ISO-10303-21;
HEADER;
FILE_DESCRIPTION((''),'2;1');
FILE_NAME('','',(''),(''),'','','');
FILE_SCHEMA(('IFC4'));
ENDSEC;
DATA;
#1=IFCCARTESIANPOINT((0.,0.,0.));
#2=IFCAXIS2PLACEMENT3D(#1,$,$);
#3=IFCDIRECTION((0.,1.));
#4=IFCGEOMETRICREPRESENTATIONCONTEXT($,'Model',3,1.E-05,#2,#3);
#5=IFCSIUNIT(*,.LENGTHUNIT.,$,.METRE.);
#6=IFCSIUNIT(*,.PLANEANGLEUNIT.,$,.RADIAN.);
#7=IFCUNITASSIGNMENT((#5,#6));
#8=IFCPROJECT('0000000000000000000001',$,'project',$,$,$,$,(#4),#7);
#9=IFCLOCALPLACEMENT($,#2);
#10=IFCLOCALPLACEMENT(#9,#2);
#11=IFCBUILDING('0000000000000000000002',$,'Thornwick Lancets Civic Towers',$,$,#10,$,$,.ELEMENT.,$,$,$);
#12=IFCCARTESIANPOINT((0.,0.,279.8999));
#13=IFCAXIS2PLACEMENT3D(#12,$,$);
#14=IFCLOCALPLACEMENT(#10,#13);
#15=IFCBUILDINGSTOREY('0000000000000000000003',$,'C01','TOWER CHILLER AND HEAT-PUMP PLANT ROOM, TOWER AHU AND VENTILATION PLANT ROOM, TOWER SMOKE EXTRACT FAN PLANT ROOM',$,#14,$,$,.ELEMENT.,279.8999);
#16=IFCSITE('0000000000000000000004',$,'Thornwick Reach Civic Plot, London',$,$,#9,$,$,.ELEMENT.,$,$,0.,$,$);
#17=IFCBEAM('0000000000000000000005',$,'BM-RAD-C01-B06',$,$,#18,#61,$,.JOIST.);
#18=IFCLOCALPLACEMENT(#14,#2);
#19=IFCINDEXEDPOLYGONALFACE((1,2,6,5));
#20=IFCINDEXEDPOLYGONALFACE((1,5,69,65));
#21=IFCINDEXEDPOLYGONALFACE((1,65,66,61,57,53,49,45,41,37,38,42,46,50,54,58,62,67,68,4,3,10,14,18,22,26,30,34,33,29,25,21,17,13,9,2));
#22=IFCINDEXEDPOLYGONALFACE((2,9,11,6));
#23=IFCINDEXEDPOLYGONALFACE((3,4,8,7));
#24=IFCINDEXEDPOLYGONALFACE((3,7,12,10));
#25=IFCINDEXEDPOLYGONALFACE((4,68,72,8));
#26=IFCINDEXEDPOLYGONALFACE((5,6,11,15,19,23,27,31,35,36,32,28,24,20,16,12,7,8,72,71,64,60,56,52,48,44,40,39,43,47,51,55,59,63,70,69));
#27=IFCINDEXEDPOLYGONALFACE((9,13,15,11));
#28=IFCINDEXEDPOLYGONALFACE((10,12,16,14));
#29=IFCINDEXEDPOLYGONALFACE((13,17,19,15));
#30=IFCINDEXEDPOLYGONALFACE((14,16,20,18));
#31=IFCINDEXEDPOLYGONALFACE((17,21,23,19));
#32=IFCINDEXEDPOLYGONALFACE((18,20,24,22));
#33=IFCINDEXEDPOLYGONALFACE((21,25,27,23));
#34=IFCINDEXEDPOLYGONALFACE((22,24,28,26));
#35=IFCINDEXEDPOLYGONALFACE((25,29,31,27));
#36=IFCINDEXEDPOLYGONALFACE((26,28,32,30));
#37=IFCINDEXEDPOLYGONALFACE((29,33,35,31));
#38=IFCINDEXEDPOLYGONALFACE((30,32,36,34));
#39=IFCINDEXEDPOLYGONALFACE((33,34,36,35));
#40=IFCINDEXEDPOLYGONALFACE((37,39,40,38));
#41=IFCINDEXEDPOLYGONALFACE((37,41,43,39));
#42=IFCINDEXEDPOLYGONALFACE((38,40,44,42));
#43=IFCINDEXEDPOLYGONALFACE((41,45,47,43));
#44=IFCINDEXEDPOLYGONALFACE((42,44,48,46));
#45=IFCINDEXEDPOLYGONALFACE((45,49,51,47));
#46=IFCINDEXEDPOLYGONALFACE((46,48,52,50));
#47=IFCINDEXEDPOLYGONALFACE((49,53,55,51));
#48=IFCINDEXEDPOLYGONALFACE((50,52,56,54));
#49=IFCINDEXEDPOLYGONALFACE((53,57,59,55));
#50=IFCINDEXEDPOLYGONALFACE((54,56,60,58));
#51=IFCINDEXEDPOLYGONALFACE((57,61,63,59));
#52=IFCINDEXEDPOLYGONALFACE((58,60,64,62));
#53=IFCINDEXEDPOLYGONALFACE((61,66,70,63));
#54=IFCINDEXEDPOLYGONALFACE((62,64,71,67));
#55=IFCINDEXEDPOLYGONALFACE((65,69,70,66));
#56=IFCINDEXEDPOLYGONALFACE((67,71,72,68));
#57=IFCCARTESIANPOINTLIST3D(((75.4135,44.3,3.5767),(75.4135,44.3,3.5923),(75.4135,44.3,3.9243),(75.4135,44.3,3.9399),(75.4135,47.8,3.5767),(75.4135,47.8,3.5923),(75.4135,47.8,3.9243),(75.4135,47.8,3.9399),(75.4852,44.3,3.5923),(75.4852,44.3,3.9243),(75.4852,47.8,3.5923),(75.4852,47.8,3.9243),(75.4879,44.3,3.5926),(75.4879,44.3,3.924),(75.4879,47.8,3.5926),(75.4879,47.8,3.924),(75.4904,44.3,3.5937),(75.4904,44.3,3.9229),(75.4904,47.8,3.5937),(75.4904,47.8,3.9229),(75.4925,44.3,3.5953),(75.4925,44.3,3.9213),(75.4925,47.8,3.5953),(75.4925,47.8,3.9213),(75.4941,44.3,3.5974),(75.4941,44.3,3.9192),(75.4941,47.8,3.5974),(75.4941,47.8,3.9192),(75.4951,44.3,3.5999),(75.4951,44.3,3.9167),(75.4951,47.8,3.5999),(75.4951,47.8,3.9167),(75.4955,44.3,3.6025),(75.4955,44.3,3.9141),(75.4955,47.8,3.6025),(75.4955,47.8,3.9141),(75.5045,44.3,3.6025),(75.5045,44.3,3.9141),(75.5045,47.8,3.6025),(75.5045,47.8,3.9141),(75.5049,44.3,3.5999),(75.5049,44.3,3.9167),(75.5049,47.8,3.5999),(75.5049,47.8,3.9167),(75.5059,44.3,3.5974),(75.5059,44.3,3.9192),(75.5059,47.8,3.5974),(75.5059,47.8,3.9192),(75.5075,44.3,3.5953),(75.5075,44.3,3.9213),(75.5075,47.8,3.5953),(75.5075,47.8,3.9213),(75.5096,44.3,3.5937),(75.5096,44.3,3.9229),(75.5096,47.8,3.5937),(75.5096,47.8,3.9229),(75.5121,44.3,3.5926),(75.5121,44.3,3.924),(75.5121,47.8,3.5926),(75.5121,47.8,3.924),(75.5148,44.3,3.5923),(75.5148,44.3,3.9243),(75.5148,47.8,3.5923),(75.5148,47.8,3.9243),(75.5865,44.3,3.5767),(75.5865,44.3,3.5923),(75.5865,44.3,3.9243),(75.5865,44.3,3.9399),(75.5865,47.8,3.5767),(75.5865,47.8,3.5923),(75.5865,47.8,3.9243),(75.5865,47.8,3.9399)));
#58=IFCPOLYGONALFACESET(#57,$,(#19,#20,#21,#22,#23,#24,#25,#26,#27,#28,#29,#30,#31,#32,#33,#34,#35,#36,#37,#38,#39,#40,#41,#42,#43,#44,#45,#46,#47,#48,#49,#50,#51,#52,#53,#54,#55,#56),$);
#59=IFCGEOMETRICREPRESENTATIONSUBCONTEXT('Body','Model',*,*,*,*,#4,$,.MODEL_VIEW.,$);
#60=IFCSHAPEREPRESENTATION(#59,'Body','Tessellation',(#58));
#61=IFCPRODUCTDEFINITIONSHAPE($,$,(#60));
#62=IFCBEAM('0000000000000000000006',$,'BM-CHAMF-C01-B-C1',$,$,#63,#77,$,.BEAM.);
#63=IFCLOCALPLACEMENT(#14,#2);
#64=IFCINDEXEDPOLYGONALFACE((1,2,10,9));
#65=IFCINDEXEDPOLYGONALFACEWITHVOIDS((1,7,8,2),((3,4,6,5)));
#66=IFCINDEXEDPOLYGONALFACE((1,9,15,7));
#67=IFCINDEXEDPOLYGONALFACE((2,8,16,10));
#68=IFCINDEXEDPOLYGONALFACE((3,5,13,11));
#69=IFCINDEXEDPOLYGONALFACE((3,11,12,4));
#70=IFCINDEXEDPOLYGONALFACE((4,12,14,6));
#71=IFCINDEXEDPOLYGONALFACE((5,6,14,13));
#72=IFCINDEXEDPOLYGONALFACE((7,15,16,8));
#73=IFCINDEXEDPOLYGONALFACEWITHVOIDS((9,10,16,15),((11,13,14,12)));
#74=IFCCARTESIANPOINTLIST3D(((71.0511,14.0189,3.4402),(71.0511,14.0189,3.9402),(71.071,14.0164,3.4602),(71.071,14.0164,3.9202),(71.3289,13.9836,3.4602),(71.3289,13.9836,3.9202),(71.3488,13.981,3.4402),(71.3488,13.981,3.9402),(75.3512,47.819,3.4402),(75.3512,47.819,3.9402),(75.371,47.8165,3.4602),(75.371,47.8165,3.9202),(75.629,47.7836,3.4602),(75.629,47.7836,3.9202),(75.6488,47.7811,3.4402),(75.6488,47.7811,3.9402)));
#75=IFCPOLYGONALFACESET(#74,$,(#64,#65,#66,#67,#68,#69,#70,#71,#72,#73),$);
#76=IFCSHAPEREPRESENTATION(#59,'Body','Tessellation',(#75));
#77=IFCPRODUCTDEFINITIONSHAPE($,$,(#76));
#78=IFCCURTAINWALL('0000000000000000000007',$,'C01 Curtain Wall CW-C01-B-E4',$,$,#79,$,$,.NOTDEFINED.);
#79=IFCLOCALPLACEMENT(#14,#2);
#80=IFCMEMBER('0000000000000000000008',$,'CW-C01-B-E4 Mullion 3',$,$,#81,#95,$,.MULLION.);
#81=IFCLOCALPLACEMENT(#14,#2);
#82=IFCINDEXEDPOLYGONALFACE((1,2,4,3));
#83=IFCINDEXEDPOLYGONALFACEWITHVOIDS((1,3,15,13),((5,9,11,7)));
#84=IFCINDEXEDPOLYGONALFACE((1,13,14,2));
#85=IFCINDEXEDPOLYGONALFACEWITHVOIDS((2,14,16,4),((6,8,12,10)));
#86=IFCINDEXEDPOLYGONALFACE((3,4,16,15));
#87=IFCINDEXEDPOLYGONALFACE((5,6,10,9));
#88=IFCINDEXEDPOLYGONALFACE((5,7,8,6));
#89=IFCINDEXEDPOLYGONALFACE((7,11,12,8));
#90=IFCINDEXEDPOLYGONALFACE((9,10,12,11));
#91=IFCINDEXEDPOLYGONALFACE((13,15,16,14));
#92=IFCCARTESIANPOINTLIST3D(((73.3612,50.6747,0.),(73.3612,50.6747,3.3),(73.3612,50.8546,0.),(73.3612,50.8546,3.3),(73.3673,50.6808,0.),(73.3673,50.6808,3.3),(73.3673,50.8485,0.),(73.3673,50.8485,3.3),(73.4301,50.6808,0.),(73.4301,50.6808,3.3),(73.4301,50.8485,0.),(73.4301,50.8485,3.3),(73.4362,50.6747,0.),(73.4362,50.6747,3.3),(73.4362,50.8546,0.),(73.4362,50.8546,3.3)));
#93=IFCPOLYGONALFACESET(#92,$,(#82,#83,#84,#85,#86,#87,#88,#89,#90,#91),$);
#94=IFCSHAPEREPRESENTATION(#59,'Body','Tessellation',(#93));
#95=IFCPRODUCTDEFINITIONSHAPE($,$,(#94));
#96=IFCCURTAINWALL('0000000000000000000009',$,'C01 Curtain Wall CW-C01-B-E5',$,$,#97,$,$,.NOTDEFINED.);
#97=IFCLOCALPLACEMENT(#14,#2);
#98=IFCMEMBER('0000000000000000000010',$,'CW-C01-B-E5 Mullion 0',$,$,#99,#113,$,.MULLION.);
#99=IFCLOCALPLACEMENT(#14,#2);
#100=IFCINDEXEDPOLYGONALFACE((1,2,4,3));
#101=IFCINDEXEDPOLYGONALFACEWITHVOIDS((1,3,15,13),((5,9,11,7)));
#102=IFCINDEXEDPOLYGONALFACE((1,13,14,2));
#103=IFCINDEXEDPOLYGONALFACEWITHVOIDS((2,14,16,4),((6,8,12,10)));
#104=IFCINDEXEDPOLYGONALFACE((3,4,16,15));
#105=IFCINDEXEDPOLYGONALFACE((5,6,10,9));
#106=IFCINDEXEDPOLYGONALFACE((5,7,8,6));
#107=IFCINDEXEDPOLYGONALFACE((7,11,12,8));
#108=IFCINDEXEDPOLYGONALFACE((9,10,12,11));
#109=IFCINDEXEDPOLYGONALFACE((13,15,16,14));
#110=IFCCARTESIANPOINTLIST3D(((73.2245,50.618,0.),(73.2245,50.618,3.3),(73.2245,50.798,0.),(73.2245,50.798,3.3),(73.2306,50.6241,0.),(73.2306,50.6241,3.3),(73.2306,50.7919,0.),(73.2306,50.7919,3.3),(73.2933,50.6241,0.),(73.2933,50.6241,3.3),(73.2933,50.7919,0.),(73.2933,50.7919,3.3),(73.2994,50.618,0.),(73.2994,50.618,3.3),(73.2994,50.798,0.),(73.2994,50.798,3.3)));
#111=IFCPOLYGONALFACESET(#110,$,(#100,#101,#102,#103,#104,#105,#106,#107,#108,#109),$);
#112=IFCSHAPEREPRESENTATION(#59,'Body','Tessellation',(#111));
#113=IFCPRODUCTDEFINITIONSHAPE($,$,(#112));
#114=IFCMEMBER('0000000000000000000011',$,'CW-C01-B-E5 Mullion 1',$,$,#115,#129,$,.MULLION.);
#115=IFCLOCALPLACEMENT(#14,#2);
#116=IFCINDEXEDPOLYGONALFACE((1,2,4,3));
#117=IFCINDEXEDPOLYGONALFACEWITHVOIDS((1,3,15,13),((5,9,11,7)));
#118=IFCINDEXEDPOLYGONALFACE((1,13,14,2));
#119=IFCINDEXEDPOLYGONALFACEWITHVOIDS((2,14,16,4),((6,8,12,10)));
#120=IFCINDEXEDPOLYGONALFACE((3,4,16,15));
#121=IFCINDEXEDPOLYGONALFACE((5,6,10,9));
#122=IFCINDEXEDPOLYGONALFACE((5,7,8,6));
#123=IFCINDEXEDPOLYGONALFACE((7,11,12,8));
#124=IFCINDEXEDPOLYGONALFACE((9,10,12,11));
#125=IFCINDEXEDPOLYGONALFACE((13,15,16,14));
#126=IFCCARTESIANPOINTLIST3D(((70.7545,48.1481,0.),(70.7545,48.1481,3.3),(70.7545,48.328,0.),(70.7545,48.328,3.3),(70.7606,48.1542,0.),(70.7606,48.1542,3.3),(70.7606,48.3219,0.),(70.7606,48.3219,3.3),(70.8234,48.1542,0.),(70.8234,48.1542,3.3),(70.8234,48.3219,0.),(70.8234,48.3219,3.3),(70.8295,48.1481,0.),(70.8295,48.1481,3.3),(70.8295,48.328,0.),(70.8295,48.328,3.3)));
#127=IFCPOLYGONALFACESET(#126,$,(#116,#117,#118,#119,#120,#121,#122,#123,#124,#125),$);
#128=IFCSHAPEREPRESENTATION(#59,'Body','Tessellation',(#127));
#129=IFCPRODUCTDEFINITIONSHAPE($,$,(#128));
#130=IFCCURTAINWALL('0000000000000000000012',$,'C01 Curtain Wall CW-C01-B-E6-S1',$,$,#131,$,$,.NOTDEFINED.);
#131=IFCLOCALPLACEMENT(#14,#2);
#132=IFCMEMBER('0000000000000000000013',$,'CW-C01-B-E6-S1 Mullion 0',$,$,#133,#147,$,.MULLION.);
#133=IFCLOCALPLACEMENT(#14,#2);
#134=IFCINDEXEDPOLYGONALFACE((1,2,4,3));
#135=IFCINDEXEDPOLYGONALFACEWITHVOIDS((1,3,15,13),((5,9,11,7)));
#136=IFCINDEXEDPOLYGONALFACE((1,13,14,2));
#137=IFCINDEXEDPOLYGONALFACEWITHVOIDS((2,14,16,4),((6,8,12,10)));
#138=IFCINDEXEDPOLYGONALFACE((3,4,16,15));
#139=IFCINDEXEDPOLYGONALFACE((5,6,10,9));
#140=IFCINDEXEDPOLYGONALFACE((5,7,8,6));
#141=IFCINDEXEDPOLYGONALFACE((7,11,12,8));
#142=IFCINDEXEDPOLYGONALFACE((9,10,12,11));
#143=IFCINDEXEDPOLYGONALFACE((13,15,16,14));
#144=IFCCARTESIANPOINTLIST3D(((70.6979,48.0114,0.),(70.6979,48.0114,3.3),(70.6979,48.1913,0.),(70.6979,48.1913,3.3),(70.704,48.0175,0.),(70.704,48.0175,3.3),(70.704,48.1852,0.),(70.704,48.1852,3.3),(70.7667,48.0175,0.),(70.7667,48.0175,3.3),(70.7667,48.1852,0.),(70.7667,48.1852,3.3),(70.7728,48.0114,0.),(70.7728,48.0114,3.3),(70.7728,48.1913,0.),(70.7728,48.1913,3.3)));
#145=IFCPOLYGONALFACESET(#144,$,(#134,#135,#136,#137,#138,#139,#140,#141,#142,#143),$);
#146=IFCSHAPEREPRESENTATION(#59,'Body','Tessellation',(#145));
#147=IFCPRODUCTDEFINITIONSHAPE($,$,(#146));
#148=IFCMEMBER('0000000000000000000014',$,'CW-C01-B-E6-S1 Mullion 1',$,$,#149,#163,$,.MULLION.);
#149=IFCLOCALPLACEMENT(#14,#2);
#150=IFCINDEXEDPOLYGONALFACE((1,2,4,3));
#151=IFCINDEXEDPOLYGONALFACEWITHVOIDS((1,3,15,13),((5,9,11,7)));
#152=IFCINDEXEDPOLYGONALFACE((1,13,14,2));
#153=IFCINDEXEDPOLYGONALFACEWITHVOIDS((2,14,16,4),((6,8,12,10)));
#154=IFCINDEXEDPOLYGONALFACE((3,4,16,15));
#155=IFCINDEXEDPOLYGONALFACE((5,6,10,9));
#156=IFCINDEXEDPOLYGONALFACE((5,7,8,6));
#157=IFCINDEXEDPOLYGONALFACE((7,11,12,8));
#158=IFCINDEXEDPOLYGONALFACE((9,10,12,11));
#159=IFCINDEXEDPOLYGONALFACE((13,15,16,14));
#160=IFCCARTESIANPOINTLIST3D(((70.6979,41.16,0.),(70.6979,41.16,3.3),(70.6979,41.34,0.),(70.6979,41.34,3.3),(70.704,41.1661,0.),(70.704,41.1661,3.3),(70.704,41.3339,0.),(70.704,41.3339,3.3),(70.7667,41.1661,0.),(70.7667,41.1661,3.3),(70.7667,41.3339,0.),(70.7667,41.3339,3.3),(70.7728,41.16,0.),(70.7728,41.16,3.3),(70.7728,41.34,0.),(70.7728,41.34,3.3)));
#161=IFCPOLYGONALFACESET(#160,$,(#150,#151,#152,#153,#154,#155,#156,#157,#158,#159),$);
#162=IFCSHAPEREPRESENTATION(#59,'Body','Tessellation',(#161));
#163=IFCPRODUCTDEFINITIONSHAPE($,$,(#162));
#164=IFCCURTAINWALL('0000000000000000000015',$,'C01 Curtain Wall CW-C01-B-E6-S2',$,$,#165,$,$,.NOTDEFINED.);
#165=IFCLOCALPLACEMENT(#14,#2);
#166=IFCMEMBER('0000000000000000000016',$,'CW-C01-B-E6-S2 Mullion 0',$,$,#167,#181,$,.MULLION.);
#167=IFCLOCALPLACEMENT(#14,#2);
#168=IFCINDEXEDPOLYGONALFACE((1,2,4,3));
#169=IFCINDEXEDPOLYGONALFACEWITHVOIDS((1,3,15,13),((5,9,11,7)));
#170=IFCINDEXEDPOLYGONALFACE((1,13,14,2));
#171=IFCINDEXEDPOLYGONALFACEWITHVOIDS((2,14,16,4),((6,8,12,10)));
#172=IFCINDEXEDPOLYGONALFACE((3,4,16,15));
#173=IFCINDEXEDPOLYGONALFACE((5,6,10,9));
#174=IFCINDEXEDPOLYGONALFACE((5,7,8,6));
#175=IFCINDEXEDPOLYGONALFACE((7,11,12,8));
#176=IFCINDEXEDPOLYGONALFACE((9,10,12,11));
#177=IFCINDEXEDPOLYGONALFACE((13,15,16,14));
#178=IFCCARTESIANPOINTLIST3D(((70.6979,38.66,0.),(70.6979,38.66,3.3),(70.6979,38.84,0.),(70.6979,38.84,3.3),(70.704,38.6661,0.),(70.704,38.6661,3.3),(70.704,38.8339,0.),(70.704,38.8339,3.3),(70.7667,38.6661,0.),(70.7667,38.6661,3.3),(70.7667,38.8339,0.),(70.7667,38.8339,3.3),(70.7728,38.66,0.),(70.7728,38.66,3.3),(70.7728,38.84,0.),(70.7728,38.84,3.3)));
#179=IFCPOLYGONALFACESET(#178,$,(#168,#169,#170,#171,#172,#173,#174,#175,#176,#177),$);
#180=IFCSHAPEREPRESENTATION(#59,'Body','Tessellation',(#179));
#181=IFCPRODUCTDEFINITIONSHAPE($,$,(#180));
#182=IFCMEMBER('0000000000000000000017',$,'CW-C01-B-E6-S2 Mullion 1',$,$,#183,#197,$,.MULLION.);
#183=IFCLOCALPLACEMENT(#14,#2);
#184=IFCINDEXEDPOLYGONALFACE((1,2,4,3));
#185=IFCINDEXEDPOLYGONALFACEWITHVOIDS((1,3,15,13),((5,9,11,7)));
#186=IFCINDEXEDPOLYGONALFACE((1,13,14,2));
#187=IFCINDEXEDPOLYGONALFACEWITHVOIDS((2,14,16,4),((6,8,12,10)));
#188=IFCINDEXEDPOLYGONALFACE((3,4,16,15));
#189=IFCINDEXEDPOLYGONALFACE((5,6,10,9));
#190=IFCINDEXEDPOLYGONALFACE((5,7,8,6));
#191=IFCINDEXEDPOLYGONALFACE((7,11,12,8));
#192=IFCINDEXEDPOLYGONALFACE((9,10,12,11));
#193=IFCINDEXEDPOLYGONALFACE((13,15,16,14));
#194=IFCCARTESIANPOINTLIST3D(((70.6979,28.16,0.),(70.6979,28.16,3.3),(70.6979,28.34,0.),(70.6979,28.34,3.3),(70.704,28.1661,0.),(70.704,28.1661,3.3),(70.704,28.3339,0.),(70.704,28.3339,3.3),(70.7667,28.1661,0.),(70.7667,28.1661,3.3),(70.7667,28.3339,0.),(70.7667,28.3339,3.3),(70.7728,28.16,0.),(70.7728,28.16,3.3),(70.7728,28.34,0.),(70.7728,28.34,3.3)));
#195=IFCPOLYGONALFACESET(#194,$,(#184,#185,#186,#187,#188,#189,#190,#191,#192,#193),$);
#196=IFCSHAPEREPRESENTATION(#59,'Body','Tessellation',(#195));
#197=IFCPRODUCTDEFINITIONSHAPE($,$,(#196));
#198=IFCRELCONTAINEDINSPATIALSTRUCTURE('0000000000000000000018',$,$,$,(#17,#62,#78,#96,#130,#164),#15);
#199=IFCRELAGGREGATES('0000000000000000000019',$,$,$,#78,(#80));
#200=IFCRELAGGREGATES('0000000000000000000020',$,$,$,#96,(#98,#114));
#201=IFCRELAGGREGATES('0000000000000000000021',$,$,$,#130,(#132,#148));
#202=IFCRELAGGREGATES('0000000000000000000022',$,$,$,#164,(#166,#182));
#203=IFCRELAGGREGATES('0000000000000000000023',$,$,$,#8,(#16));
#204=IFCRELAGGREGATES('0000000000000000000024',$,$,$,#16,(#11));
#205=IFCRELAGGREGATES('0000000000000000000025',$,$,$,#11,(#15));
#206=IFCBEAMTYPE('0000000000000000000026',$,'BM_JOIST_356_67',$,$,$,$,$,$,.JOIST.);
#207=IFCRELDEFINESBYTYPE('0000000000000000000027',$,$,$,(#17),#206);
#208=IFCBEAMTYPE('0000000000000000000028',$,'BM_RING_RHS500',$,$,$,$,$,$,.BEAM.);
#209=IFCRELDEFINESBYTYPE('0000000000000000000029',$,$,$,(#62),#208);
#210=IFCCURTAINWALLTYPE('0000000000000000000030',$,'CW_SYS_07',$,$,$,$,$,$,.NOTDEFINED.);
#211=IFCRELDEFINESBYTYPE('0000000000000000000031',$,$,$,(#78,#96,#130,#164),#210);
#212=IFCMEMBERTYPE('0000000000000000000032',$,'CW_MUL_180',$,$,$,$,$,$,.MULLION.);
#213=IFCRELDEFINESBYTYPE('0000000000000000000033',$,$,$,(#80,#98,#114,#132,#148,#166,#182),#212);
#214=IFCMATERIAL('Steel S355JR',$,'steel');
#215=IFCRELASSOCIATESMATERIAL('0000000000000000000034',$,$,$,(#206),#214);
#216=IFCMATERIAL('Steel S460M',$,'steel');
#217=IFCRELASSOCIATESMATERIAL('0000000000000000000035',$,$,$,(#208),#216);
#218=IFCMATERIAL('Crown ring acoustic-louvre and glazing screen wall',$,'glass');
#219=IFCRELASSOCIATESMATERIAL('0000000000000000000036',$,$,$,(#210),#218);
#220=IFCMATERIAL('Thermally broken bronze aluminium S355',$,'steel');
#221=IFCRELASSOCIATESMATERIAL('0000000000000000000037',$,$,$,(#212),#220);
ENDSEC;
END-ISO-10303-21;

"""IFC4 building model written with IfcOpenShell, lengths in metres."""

from ifc_helpers import new_model, si_unit, direction, frame, origin, origin_2d, place, context, subcontext, project, spatial, hollow_rectangle, i_section, extrude, material, material_profile, profile_set, type_object, element, aggregate, save


model = new_model("IFC4")

# Units and contexts
model_context = context("Model", 3, precision=1e-05, world=origin(), true_north=direction((0.0, 1.0)))
body_context = subcontext(model_context, "Body", "Model", "MODEL_VIEW")
ifc_project = project(units=[si_unit("LENGTHUNIT", "METRE"), si_unit("PLANEANGLEUNIT", "RADIAN")], contexts=[model_context])

# Site, building, storey
site_placement = place(None, origin())
site = spatial("IfcSite", under=ifc_project, at=site_placement, Name="Thornwick Reach Civic Plot, London", CompositionType="ELEMENT", RefElevation=0.0)
building_placement = place(site_placement, origin())
building = spatial("IfcBuilding", under=site, at=building_placement, Name="Thornwick Lancets Civic Towers", CompositionType="ELEMENT")
storey_placement = place(building_placement, frame((0.0, 0.0, 279.8999)))
storey = spatial("IfcBuildingStorey", under=building, at=storey_placement, Name="C01", Description="TOWER CHILLER AND HEAT-PUMP PLANT ROOM, TOWER AHU AND VENTILATION PLANT ROOM, TOWER SMOKE EXTRACT FAN PLANT ROOM", CompositionType="ELEMENT", Elevation=279.8999)

# Shared definitions
ifc_material_1 = material(Name="Steel S355JR", Category="steel")

# Beams
ifc_material_profile_1 = material_profile(ifc_material_1, i_section(OverallWidth=0.1731, OverallDepth=0.3633, WebThickness=0.009, FlangeThickness=0.0156, FilletRadius=0.0103, at=origin_2d()), Name="UKB 356x171x67")
ifc_profile_set_1 = profile_set([ifc_material_profile_1], Name="Steel S355JR")
beam_type_1 = type_object("IfcBeamType", Name="BM_JOIST_356_67", PredefinedType="JOIST", material=ifc_profile_set_1)
beam_1_placement = place(storey_placement, frame((75.5, 44.3, 3.7583), z_axis=(0.0, 1.0, 0.0), x_axis=(-1.0, 0.0, 0.0)))
element("IfcBeam", 1, at=beam_1_placement, inside=storey, type_object=beam_type_1, Name="BM-RAD-C01-B06", PredefinedType="JOIST", context=body_context, shape_type="SweptSolid", body=[
    extrude(i_section(OverallWidth=0.1731, OverallDepth=0.3633, WebThickness=0.009, FlangeThickness=0.0156, FilletRadius=0.0103, at=origin_2d()), origin(), (0.0, 0.0, 1.0), 3.5),
])
ifc_material_2 = material(Name="Steel S460M", Category="steel")
ifc_material_profile_2 = material_profile(ifc_material_2, hollow_rectangle(XDim=0.3, YDim=0.5, WallThickness=0.02, at=origin_2d()), Name="RHS 500x300x20")
ifc_profile_set_2 = profile_set([ifc_material_profile_2], Name="Steel S460M")
beam_type_2 = type_object("IfcBeamType", Name="BM_RING_RHS500", PredefinedType="BEAM", material=ifc_profile_set_2)
beam_2_placement = place(storey_placement, frame((75.5, 47.8, 3.6902), z_axis=(-0.126203, -0.992004, 0.0), x_axis=(0.992004, -0.126203, 0.0)))
element("IfcBeam", 2, at=beam_2_placement, inside=storey, type_object=beam_type_2, Name="BM-CHAMF-C01-B-C1", PredefinedType="BEAM", context=body_context, shape_type="SweptSolid", body=[
    extrude(hollow_rectangle(XDim=0.3, YDim=0.5, WallThickness=0.02, at=origin_2d()), origin(), (0.0, 0.0, 1.0), 34.0725),
])

# Curtain wall, member
ifc_material_3 = material(Name="Crown ring acoustic-louvre and glazing screen wall", Category="glass")
curtain_wall_type = type_object("IfcCurtainWallType", Name="CW_SYS_07", PredefinedType="NOTDEFINED", material=ifc_material_3)
curtain_wall_1_placement = place(storey_placement, origin())
curtain_wall_1 = element("IfcCurtainWall", 3, at=curtain_wall_1_placement, inside=storey, type_object=curtain_wall_type, Name="C01 Curtain Wall CW-C01-B-E4", PredefinedType="NOTDEFINED")
ifc_material_4 = material(Name="Thermally broken bronze aluminium S355", Category="steel")
ifc_material_profile_3 = material_profile(ifc_material_4, hollow_rectangle(XDim=0.075, YDim=0.1799, WallThickness=0.0061, at=origin_2d()), Name="RHS 180x75x6")
ifc_profile_set_3 = profile_set([ifc_material_profile_3], Name="Thermally broken bronze aluminium S355")
member_type_1 = type_object("IfcMemberType", Name="CW_MUL_180", PredefinedType="MULLION", material=ifc_profile_set_3)
member_1_placement = place(storey_placement, frame((73.3987, 50.7646, 0.0), z_axis=(0.0, 0.0, 1.0), x_axis=(1.0, 0.0, 0.0)))
member_1 = element("IfcMember", 4, at=member_1_placement, type_object=member_type_1, Name="CW-C01-B-E4 Mullion 3", PredefinedType="MULLION", context=body_context, shape_type="SweptSolid", body=[
    extrude(hollow_rectangle(XDim=0.075, YDim=0.1799, WallThickness=0.0061, at=origin_2d()), origin(), (0.0, 0.0, 1.0), 3.3),
])
aggregate(curtain_wall_1, [member_1])

# Curtain walls, members
curtain_wall_2_placement = place(storey_placement, origin())
curtain_wall_2 = element("IfcCurtainWall", 5, at=curtain_wall_2_placement, inside=storey, type_object=curtain_wall_type, Name="C01 Curtain Wall CW-C01-B-E5", PredefinedType="NOTDEFINED")
member_2_placement = place(storey_placement, frame((73.262, 50.708, 0.0), z_axis=(0.0, 0.0, 1.0), x_axis=(1.0, 0.0, 0.0)))
member_2 = element("IfcMember", 6, at=member_2_placement, type_object=member_type_1, Name="CW-C01-B-E5 Mullion 0", PredefinedType="MULLION", context=body_context, shape_type="SweptSolid", body=[
    extrude(hollow_rectangle(XDim=0.075, YDim=0.1799, WallThickness=0.0061, at=origin_2d()), origin(), (0.0, 0.0, 1.0), 3.3),
])
member_3_placement = place(storey_placement, frame((70.792, 48.238, 0.0), z_axis=(0.0, 0.0, 1.0), x_axis=(1.0, 0.0, 0.0)))
member_3 = element("IfcMember", 7, at=member_3_placement, type_object=member_type_1, Name="CW-C01-B-E5 Mullion 1", PredefinedType="MULLION", context=body_context, shape_type="SweptSolid", body=[
    extrude(hollow_rectangle(XDim=0.075, YDim=0.1799, WallThickness=0.0061, at=origin_2d()), origin(), (0.0, 0.0, 1.0), 3.3),
])
curtain_wall_3_placement = place(storey_placement, origin())
curtain_wall_3 = element("IfcCurtainWall", 8, at=curtain_wall_3_placement, inside=storey, type_object=curtain_wall_type, Name="C01 Curtain Wall CW-C01-B-E6-S1", PredefinedType="NOTDEFINED")
member_4_placement = place(storey_placement, frame((70.7354, 48.1013, 0.0), z_axis=(0.0, 0.0, 1.0), x_axis=(1.0, 0.0, 0.0)))
member_4 = element("IfcMember", 9, at=member_4_placement, type_object=member_type_1, Name="CW-C01-B-E6-S1 Mullion 0", PredefinedType="MULLION", context=body_context, shape_type="SweptSolid", body=[
    extrude(hollow_rectangle(XDim=0.075, YDim=0.1799, WallThickness=0.0061, at=origin_2d()), origin(), (0.0, 0.0, 1.0), 3.3),
])
member_5_placement = place(storey_placement, frame((70.7354, 41.25, 0.0), z_axis=(0.0, 0.0, 1.0), x_axis=(1.0, 0.0, 0.0)))
member_5 = element("IfcMember", 10, at=member_5_placement, type_object=member_type_1, Name="CW-C01-B-E6-S1 Mullion 1", PredefinedType="MULLION", context=body_context, shape_type="SweptSolid", body=[
    extrude(hollow_rectangle(XDim=0.075, YDim=0.1799, WallThickness=0.0061, at=origin_2d()), origin(), (0.0, 0.0, 1.0), 3.3),
])
curtain_wall_4_placement = place(storey_placement, origin())
curtain_wall_4 = element("IfcCurtainWall", 11, at=curtain_wall_4_placement, inside=storey, type_object=curtain_wall_type, Name="C01 Curtain Wall CW-C01-B-E6-S2", PredefinedType="NOTDEFINED")
member_6_placement = place(storey_placement, frame((70.7354, 38.75, 0.0), z_axis=(0.0, 0.0, 1.0), x_axis=(1.0, 0.0, 0.0)))
member_6 = element("IfcMember", 12, at=member_6_placement, type_object=member_type_1, Name="CW-C01-B-E6-S2 Mullion 0", PredefinedType="MULLION", context=body_context, shape_type="SweptSolid", body=[
    extrude(hollow_rectangle(XDim=0.075, YDim=0.1799, WallThickness=0.0061, at=origin_2d()), origin(), (0.0, 0.0, 1.0), 3.3),
])
member_7_placement = place(storey_placement, frame((70.7354, 28.25, 0.0), z_axis=(0.0, 0.0, 1.0), x_axis=(1.0, 0.0, 0.0)))
member_7 = element("IfcMember", 13, at=member_7_placement, type_object=member_type_1, Name="CW-C01-B-E6-S2 Mullion 1", PredefinedType="MULLION", context=body_context, shape_type="SweptSolid", body=[
    extrude(hollow_rectangle(XDim=0.075, YDim=0.1799, WallThickness=0.0061, at=origin_2d()), origin(), (0.0, 0.0, 1.0), 3.3),
])

aggregate(curtain_wall_2, [member_2, member_3])
aggregate(curtain_wall_3, [member_4, member_5])
aggregate(curtain_wall_4, [member_6, member_7])

save(model, "model.ifc")
